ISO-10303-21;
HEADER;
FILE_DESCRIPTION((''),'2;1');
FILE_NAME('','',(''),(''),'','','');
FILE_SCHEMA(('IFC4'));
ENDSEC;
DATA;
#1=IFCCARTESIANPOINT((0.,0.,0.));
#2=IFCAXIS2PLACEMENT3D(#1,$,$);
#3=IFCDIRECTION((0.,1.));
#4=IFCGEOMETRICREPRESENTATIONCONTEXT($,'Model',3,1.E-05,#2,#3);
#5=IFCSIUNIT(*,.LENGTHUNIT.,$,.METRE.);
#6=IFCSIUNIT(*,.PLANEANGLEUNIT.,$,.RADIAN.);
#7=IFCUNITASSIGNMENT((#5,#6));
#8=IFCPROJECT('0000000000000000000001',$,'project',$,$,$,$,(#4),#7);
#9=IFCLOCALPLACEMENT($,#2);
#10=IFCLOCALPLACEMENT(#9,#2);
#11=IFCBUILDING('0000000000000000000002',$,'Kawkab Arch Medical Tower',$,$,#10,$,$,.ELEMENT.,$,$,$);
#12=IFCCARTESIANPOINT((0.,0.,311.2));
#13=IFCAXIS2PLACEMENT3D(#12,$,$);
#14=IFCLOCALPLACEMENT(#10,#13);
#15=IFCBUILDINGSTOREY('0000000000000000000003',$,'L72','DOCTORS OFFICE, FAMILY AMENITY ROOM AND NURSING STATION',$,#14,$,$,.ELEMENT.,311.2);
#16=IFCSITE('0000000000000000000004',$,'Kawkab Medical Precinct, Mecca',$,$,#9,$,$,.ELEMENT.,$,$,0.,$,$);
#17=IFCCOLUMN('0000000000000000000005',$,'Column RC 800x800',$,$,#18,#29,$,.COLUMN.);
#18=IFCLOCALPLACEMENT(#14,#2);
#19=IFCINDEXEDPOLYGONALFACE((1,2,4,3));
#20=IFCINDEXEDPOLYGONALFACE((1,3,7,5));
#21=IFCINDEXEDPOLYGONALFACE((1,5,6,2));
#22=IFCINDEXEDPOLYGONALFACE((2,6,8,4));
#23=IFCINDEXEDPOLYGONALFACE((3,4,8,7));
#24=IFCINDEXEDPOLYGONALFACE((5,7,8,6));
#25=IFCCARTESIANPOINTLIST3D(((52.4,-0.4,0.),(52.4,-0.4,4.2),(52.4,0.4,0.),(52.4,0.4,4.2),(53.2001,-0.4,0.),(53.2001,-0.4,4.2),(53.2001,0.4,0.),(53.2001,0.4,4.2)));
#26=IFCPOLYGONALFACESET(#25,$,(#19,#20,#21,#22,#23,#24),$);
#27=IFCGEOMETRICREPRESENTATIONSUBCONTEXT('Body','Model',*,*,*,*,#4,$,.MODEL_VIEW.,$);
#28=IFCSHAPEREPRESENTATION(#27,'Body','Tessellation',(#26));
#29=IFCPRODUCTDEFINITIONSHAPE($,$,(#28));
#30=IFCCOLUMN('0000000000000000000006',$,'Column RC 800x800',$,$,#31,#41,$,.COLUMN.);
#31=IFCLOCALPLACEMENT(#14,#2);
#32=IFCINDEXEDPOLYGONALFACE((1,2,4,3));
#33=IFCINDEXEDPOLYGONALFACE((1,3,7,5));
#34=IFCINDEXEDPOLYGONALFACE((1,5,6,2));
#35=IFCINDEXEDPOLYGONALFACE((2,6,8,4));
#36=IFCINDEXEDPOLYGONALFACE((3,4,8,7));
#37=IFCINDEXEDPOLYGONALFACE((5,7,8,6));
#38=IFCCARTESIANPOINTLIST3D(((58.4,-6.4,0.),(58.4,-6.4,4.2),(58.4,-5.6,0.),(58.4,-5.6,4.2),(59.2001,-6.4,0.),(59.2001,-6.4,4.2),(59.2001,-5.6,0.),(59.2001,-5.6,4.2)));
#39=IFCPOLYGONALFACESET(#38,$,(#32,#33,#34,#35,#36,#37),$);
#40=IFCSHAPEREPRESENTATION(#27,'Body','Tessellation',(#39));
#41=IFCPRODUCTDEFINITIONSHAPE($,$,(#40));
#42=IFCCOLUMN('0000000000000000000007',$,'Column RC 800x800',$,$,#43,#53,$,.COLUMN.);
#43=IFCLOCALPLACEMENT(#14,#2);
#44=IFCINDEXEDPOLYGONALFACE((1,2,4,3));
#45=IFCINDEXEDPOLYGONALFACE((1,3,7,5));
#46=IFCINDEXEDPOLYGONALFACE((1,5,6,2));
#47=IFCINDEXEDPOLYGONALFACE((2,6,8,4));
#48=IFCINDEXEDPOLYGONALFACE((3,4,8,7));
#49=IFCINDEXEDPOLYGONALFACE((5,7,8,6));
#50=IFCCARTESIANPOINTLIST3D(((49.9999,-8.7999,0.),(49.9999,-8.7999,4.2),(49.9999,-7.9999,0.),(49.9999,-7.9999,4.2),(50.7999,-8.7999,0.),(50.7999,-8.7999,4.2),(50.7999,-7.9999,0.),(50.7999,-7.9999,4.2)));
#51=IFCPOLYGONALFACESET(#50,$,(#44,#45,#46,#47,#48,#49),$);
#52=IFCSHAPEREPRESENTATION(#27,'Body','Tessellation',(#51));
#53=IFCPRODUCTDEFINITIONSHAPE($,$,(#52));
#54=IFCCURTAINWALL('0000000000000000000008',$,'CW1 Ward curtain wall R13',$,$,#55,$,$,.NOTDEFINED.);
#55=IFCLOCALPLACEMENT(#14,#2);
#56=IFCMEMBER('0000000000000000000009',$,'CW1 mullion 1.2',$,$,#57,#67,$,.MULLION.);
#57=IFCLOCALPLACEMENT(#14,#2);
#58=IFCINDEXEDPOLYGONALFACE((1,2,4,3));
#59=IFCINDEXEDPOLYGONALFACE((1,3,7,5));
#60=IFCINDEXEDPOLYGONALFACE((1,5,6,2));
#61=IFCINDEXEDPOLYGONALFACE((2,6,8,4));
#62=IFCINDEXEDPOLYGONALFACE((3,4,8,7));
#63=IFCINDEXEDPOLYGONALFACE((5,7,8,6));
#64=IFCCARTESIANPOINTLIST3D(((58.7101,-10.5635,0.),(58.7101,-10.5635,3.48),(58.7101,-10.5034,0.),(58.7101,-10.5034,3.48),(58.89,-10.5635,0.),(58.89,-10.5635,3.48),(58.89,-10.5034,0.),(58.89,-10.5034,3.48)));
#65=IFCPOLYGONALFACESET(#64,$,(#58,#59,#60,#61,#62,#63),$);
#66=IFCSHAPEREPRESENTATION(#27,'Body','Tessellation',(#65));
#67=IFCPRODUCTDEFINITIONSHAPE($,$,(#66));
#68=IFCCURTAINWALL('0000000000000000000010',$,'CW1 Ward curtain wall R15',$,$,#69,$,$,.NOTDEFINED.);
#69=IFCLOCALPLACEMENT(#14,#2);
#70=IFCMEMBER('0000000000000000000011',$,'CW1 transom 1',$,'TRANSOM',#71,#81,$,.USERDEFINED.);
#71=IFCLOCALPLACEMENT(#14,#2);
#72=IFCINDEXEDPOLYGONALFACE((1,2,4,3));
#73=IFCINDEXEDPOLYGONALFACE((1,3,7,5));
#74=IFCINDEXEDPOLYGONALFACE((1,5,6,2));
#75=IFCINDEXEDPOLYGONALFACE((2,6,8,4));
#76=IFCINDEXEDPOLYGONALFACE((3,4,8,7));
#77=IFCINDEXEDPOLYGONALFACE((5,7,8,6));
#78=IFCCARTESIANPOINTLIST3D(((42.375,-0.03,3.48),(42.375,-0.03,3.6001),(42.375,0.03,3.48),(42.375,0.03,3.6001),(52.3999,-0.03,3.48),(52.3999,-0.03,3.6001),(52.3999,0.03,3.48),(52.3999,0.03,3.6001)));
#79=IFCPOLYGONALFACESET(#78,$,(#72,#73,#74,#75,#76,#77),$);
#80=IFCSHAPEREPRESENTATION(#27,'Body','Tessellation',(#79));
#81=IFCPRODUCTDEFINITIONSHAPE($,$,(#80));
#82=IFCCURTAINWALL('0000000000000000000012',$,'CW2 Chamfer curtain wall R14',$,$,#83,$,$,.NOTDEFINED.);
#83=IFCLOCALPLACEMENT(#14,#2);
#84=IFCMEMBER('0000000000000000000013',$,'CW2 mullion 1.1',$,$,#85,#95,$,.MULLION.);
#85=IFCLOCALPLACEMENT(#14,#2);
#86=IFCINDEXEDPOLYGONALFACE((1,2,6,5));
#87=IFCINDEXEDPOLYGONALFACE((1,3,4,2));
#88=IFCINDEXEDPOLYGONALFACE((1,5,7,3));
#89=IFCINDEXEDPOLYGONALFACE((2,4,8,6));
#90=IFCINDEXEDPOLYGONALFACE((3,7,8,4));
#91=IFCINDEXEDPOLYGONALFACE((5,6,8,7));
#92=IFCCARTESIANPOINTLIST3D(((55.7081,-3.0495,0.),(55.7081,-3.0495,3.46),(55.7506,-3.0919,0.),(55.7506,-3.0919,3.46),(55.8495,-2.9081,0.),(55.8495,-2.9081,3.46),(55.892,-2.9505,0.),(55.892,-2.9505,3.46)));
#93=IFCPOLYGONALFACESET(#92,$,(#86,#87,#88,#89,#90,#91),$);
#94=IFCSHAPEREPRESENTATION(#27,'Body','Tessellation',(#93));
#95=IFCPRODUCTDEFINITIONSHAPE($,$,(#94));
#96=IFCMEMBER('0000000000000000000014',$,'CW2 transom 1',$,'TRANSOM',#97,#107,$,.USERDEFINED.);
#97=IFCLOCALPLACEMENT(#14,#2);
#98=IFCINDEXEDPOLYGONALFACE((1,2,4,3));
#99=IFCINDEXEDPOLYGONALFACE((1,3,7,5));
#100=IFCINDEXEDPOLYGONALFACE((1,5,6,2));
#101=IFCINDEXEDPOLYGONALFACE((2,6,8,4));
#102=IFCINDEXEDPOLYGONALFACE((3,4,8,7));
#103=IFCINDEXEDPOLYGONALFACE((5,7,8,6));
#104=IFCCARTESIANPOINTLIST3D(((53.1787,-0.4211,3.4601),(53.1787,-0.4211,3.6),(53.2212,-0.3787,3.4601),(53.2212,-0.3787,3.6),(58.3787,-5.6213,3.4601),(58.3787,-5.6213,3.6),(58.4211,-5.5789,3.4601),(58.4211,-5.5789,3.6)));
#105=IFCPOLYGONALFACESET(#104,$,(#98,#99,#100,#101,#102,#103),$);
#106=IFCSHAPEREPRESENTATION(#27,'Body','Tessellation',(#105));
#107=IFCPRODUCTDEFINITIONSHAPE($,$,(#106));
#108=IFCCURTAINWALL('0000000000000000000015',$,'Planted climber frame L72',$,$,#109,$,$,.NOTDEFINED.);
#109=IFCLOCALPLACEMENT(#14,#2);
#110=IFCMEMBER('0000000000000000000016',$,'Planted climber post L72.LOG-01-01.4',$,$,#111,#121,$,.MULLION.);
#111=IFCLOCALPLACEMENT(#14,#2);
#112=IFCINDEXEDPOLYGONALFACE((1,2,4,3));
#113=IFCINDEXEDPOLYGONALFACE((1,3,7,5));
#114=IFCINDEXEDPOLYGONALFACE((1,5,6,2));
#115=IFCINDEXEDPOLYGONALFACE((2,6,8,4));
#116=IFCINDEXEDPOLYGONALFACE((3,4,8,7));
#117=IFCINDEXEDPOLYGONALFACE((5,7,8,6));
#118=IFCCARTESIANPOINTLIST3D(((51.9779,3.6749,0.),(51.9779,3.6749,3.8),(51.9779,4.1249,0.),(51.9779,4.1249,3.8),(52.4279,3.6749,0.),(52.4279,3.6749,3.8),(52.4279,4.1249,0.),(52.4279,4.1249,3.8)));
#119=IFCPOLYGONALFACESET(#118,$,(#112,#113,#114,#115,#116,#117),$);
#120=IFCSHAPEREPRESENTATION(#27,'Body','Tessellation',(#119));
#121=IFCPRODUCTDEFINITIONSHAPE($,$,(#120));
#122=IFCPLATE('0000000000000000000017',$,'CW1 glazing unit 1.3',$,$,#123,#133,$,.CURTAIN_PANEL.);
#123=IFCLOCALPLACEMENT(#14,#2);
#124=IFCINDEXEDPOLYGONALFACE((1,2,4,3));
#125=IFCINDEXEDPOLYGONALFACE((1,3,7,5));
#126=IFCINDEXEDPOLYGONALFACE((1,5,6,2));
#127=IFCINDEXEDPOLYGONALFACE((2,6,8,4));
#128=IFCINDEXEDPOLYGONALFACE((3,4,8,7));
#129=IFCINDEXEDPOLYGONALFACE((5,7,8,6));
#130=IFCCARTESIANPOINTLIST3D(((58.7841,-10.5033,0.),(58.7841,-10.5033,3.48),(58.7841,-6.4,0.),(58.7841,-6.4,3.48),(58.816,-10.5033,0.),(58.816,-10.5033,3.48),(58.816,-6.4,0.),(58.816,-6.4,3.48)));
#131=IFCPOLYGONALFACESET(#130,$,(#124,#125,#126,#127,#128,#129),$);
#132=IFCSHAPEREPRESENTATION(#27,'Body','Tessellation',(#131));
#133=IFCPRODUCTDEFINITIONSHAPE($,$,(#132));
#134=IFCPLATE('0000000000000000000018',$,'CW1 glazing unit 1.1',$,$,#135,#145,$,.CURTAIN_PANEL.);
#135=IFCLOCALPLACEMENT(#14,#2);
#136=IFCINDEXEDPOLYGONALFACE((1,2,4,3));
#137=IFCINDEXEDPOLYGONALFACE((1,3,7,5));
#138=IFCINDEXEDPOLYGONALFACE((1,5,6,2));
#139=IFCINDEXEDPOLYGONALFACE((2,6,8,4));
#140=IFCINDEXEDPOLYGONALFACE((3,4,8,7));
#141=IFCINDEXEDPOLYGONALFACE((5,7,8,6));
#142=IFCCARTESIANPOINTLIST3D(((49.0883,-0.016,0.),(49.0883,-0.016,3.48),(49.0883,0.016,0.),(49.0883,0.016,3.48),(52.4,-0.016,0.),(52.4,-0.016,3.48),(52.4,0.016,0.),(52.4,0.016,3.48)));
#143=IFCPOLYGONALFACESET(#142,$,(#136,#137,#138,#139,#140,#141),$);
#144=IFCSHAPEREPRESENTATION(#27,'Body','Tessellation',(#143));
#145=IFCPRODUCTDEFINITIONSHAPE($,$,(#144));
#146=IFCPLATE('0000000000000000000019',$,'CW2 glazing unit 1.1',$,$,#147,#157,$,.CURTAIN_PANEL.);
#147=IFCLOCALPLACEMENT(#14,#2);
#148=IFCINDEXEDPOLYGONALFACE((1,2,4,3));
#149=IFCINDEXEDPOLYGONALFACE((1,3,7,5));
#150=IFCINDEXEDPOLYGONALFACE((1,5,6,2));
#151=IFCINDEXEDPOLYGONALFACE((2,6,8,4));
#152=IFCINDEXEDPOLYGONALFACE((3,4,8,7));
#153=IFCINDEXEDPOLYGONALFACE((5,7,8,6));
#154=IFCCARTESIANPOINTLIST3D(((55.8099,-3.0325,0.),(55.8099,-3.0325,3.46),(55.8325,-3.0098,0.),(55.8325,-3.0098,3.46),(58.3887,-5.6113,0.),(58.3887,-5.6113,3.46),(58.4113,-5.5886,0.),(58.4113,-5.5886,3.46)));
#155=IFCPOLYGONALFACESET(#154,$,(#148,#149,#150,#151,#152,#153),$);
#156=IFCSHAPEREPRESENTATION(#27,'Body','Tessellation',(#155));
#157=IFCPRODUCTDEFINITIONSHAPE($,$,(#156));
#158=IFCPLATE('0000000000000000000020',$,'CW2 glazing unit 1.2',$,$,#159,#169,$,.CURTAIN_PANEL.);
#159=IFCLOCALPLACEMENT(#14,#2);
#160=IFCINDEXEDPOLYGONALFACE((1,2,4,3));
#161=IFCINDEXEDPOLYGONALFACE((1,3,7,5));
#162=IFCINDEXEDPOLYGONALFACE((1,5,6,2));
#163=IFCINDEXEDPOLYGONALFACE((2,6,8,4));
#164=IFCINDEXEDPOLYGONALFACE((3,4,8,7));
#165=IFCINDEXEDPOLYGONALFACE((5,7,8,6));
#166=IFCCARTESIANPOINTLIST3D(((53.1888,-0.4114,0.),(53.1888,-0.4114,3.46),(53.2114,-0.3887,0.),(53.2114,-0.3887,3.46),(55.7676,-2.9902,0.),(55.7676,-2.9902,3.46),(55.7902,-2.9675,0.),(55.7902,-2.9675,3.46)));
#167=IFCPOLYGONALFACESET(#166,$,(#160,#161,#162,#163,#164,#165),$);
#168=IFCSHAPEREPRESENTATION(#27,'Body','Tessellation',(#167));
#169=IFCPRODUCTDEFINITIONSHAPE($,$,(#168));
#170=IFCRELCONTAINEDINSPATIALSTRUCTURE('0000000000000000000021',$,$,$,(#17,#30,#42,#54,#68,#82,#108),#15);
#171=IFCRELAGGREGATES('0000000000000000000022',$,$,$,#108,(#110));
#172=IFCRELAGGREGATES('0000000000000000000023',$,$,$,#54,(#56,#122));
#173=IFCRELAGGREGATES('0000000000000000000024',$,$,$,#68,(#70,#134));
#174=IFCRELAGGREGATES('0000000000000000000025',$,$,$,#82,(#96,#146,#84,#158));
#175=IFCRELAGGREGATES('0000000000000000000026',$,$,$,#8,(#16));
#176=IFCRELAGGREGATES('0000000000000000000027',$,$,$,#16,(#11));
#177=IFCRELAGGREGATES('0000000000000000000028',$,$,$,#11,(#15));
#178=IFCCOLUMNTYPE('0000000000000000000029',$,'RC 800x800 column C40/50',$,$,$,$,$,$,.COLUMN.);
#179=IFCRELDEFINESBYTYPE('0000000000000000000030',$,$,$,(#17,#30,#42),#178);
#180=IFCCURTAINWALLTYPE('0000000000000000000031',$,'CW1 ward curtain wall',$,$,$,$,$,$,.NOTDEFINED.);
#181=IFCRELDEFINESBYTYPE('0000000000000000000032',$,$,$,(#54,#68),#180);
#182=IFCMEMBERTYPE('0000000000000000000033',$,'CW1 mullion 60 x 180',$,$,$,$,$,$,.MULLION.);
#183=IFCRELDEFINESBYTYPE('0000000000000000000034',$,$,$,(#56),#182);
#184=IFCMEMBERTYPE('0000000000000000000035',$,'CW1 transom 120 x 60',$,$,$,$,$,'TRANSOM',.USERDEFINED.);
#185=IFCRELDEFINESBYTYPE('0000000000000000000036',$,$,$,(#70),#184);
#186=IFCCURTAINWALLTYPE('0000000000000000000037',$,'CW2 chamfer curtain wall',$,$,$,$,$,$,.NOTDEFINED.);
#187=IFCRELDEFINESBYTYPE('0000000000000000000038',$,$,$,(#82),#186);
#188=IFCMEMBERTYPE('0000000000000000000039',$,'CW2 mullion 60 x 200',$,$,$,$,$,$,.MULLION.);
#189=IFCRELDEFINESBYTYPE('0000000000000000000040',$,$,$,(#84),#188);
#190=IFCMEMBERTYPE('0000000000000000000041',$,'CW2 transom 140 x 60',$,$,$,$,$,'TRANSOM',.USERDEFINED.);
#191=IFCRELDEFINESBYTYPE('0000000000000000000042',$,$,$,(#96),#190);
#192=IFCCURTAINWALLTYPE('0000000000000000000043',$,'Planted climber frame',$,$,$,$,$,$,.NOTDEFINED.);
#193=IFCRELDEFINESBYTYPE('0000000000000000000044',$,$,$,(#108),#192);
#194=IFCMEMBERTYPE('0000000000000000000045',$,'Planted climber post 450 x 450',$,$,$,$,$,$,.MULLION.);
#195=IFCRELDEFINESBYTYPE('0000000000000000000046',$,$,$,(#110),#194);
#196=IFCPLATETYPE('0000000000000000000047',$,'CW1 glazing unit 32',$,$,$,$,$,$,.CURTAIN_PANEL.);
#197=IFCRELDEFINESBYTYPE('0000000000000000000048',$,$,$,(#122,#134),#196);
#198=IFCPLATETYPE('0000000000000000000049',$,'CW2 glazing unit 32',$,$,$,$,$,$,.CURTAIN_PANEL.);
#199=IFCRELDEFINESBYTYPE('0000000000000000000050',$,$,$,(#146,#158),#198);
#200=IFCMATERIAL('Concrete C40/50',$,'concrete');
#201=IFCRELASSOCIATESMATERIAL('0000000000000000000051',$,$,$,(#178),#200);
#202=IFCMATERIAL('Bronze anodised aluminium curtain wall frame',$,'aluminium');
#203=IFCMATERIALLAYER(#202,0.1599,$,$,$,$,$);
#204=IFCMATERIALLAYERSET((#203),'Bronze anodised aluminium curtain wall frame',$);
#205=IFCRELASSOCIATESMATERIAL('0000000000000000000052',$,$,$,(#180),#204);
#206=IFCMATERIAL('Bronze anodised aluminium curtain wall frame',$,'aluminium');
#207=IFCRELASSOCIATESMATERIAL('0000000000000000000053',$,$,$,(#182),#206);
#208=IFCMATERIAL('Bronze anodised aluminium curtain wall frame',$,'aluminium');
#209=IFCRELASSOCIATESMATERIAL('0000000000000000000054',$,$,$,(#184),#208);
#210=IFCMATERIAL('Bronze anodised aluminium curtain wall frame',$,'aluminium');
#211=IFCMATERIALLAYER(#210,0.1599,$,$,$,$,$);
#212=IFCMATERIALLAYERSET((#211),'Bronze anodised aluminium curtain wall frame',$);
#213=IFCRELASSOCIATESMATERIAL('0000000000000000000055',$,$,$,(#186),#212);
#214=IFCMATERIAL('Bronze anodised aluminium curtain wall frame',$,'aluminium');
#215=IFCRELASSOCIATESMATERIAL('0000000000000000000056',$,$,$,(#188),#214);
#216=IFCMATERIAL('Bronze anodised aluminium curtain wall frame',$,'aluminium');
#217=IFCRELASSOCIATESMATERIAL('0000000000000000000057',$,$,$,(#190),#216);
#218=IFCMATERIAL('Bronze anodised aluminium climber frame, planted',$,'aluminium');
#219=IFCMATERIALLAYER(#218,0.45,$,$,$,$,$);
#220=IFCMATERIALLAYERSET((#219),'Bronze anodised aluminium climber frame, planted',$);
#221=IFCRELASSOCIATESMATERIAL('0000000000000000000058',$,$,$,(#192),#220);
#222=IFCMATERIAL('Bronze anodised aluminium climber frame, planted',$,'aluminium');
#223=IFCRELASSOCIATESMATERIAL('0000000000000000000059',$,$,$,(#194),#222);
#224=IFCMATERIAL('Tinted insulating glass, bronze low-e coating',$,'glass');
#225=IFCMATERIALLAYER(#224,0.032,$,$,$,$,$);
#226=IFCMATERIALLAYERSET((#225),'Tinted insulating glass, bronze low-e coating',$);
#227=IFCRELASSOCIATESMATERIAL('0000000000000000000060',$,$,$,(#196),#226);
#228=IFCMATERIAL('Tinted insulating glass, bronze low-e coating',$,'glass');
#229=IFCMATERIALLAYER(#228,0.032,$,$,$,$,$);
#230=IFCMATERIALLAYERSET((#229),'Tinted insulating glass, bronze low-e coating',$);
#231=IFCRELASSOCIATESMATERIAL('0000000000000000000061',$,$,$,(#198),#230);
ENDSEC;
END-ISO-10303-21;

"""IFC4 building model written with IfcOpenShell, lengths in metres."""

from ifc_helpers import new_model, si_unit, direction, frame, origin, origin_2d, place, context, subcontext, project, spatial, rectangle, extrude, material, layer, layer_set, material_profile, profile_set, type_object, element, aggregate, save


model = new_model("IFC4")

# Units and contexts
model_context = context("Model", 3, precision=1e-05, world=origin(), true_north=direction((0.0, 1.0)))
body_context = subcontext(model_context, "Body", "Model", "MODEL_VIEW")
ifc_project = project(units=[si_unit("LENGTHUNIT", "METRE"), si_unit("PLANEANGLEUNIT", "RADIAN")], contexts=[model_context])

# Site, building, storey
site_placement = place(None, origin())
site = spatial("IfcSite", under=ifc_project, at=site_placement, Name="Kawkab Medical Precinct, Mecca", CompositionType="ELEMENT", RefElevation=0.0)
building_placement = place(site_placement, origin())
building = spatial("IfcBuilding", under=site, at=building_placement, Name="Kawkab Arch Medical Tower", CompositionType="ELEMENT")
storey_placement = place(building_placement, frame((0.0, 0.0, 311.2)))
storey = spatial("IfcBuildingStorey", under=building, at=storey_placement, Name="L72", Description="DOCTORS OFFICE, FAMILY AMENITY ROOM AND NURSING STATION", CompositionType="ELEMENT", Elevation=311.2)

# Columns
ifc_material_1 = material(Name="Concrete C40/50", Category="concrete")
ifc_material_profile_1 = material_profile(ifc_material_1, rectangle(XDim=0.8, YDim=0.8, at=origin_2d()), Name="RC 800x800")
ifc_profile_set_1 = profile_set([ifc_material_profile_1], Name="Concrete C40/50")
column_type = type_object("IfcColumnType", Name="RC 800x800 column C40/50", PredefinedType="COLUMN", material=ifc_profile_set_1)
for number, where, z_axis, x_axis, name in (
    (1, (52.8, 0.0, 0.0), (0.0, 0.0, 1.0), (1.0, 0.0, 0.0), "Column RC 800x800"),
    (2, (58.8, -6.0, 0.0), (0.0, 0.0, 1.0), (1.0, 0.0, 0.0), "Column RC 800x800"),
    (3, (50.3999, -8.3999, 0.0), (0.0, 0.0, 1.0), (1.0, 0.0, 0.0), "Column RC 800x800"),
):
    element("IfcColumn", number, at=place(storey_placement, frame(where, z_axis=z_axis, x_axis=x_axis)), inside=storey, type_object=column_type, Name=name, PredefinedType="COLUMN", context=body_context, shape_type="SweptSolid", body=[
        extrude(rectangle(XDim=0.8, YDim=0.8, at=origin_2d()), origin(), (0.0, 0.0, 1.0), 4.2),
    ])

# Curtain walls, members
ifc_material_2 = material(Name="Bronze anodised aluminium curtain wall frame", Category="aluminium")
ifc_layer_1 = layer(ifc_material_2, 0.1599)
ifc_layer_set_1 = layer_set([ifc_layer_1], Name="Bronze anodised aluminium curtain wall frame")
curtain_wall_type_1 = type_object("IfcCurtainWallType", Name="CW1 ward curtain wall", PredefinedType="NOTDEFINED", material=ifc_layer_set_1)
placement = place(storey_placement, origin())
curtain_wall_1 = element("IfcCurtainWall", 4, at=placement, inside=storey, type_object=curtain_wall_type_1, Name="CW1 Ward curtain wall R13", PredefinedType="NOTDEFINED")
ifc_material_3 = material(Name="Bronze anodised aluminium curtain wall frame", Category="aluminium")
ifc_material_profile_2 = material_profile(ifc_material_3, rectangle(XDim=0.1799, YDim=0.0601, at=origin_2d()), Name="AL 60x180")
ifc_profile_set_2 = profile_set([ifc_material_profile_2], Name="Bronze anodised aluminium curtain wall frame")
member_type_1 = type_object("IfcMemberType", Name="CW1 mullion 60 x 180", PredefinedType="MULLION", material=ifc_profile_set_2)
member_1_placement = place(storey_placement, frame((58.8, -10.5334, 0.0), z_axis=(0.0, 0.0, 1.0), x_axis=(-1.0, 0.0, 0.0)))
member_1 = element("IfcMember", 5, at=member_1_placement, type_object=member_type_1, Name="CW1 mullion 1.2", PredefinedType="MULLION", context=body_context, shape_type="SweptSolid", body=[
    extrude(rectangle(XDim=0.1799, YDim=0.0601, at=origin_2d()), origin(), (0.0, 0.0, 1.0), 3.48),
])
curtain_wall_2 = element("IfcCurtainWall", 6, at=placement, inside=storey, type_object=curtain_wall_type_1, Name="CW1 Ward curtain wall R15", PredefinedType="NOTDEFINED")
ifc_material_4 = material(Name="Bronze anodised aluminium curtain wall frame", Category="aluminium")
ifc_material_profile_3 = material_profile(ifc_material_4, rectangle(XDim=0.0601, YDim=0.1201, at=origin_2d()), Name="AL 60x120")
ifc_profile_set_3 = profile_set([ifc_material_profile_3], Name="Bronze anodised aluminium curtain wall frame")
member_type_2 = type_object("IfcMemberType", Name="CW1 transom 120 x 60", ElementType="TRANSOM", PredefinedType="USERDEFINED", material=ifc_profile_set_3)
member_2_placement = place(storey_placement, frame((52.3999, 0.0, 3.54), z_axis=(-1.0, 0.0, 0.0), x_axis=(0.0, -1.0, 0.0)))
member_2 = element("IfcMember", 7, at=member_2_placement, type_object=member_type_2, Name="CW1 transom 1", ObjectType="TRANSOM", PredefinedType="USERDEFINED", context=body_context, shape_type="SweptSolid", body=[
    extrude(rectangle(XDim=0.0601, YDim=0.1201, at=origin_2d()), origin(), (0.0, 0.0, 1.0), 10.0249),
])

# Curtain wall, members
ifc_material_5 = material(Name="Bronze anodised aluminium curtain wall frame", Category="aluminium")
ifc_layer_2 = layer(ifc_material_5, 0.1599)
ifc_layer_set_2 = layer_set([ifc_layer_2], Name="Bronze anodised aluminium curtain wall frame")
curtain_wall_type_2 = type_object("IfcCurtainWallType", Name="CW2 chamfer curtain wall", PredefinedType="NOTDEFINED", material=ifc_layer_set_2)
curtain_wall_3 = element("IfcCurtainWall", 8, at=placement, inside=storey, type_object=curtain_wall_type_2, Name="CW2 Chamfer curtain wall R14", PredefinedType="NOTDEFINED")
ifc_material_6 = material(Name="Bronze anodised aluminium curtain wall frame", Category="aluminium")
ifc_material_profile_4 = material_profile(ifc_material_6, rectangle(XDim=0.2, YDim=0.0601, at=origin_2d()), Name="AL 60x200")
ifc_profile_set_4 = profile_set([ifc_material_profile_4], Name="Bronze anodised aluminium curtain wall frame")
member_type_3 = type_object("IfcMemberType", Name="CW2 mullion 60 x 200", PredefinedType="MULLION", material=ifc_profile_set_4)
member_3_placement = place(storey_placement, frame((55.8, -3.0, 0.0), z_axis=(0.0, 0.0, 1.0), x_axis=(-0.707107, -0.707107, 0.0)))
member_3 = element("IfcMember", 9, at=member_3_placement, type_object=member_type_3, Name="CW2 mullion 1.1", PredefinedType="MULLION", context=body_context, shape_type="SweptSolid", body=[
    extrude(rectangle(XDim=0.2, YDim=0.0601, at=origin_2d()), origin(), (0.0, 0.0, 1.0), 3.46),
])
ifc_material_7 = material(Name="Bronze anodised aluminium curtain wall frame", Category="aluminium")
ifc_material_profile_5 = material_profile(ifc_material_7, rectangle(XDim=0.0601, YDim=0.1399, at=origin_2d()), Name="AL 60x140")
ifc_profile_set_5 = profile_set([ifc_material_profile_5], Name="Bronze anodised aluminium curtain wall frame")
member_type_4 = type_object("IfcMemberType", Name="CW2 transom 140 x 60", ElementType="TRANSOM", PredefinedType="USERDEFINED", material=ifc_profile_set_5)
member_4_placement = place(storey_placement, frame((58.3999, -5.6001, 3.53), z_axis=(-0.70709, 0.707123, 0.0), x_axis=(-0.707123, -0.70709, 0.0)))
member_4 = element("IfcMember", 10, at=member_4_placement, type_object=member_type_4, Name="CW2 transom 1", ObjectType="TRANSOM", PredefinedType="USERDEFINED", context=body_context, shape_type="SweptSolid", body=[
    extrude(rectangle(XDim=0.0601, YDim=0.1399, at=origin_2d()), origin(), (0.0, 0.0, 1.0), 7.354),
])

# Curtain wall, member
ifc_material_8 = material(Name="Bronze anodised aluminium climber frame, planted", Category="aluminium")
ifc_layer_3 = layer(ifc_material_8, 0.45)
ifc_layer_set_3 = layer_set([ifc_layer_3], Name="Bronze anodised aluminium climber frame, planted")
curtain_wall_type_3 = type_object("IfcCurtainWallType", Name="Planted climber frame", PredefinedType="NOTDEFINED", material=ifc_layer_set_3)
curtain_wall_4 = element("IfcCurtainWall", 11, at=placement, inside=storey, type_object=curtain_wall_type_3, Name="Planted climber frame L72", PredefinedType="NOTDEFINED")
ifc_material_9 = material(Name="Bronze anodised aluminium climber frame, planted", Category="aluminium")
ifc_material_profile_6 = material_profile(ifc_material_9, rectangle(XDim=0.45, YDim=0.45, at=origin_2d()), Name="Post 450x450")
ifc_profile_set_6 = profile_set([ifc_material_profile_6], Name="Bronze anodised aluminium climber frame, planted")
member_type_5 = type_object("IfcMemberType", Name="Planted climber post 450 x 450", PredefinedType="MULLION", material=ifc_profile_set_6)
member_5_placement = place(storey_placement, frame((52.2029, 3.8999, 0.0), z_axis=(0.0, 0.0, 1.0), x_axis=(1.0, 0.0, 0.0)))
member_5 = element("IfcMember", 12, at=member_5_placement, type_object=member_type_5, Name="Planted climber post L72.LOG-01-01.4", PredefinedType="MULLION", context=body_context, shape_type="SweptSolid", body=[
    extrude(rectangle(XDim=0.45, YDim=0.45, at=origin_2d()), origin(), (0.0, 0.0, 1.0), 3.8),
])
aggregate(curtain_wall_4, [member_5])

# Plates
ifc_material_10 = material(Name="Tinted insulating glass, bronze low-e coating", Category="glass")
ifc_layer_4 = layer(ifc_material_10, 0.032)
ifc_layer_set_4 = layer_set([ifc_layer_4], Name="Tinted insulating glass, bronze low-e coating")
plate_type_1 = type_object("IfcPlateType", Name="CW1 glazing unit 32", PredefinedType="CURTAIN_PANEL", material=ifc_layer_set_4)
plate_1_placement = place(storey_placement, frame((58.8, -8.4517, 0.0), z_axis=(0.0, 0.0, 1.0), x_axis=(0.0, 1.0, 0.0)))
plate_1 = element("IfcPlate", 13, at=plate_1_placement, type_object=plate_type_1, Name="CW1 glazing unit 1.3", PredefinedType="CURTAIN_PANEL", context=body_context, shape_type="SweptSolid", body=[
    extrude(rectangle(XDim=4.1033, YDim=0.032, at=origin_2d()), origin(), (0.0, 0.0, 1.0), 3.48),
])
aggregate(curtain_wall_1, [member_1, plate_1])
plate_2_placement = place(storey_placement, frame((50.7441, 0.0, 0.0), z_axis=(0.0, 0.0, 1.0), x_axis=(-1.0, 0.0, 0.0)))
plate_2 = element("IfcPlate", 14, at=plate_2_placement, type_object=plate_type_1, Name="CW1 glazing unit 1.1", PredefinedType="CURTAIN_PANEL", context=body_context, shape_type="SweptSolid", body=[
    extrude(rectangle(XDim=3.3118, YDim=0.032, at=origin_2d()), origin(), (0.0, 0.0, 1.0), 3.48),
])
aggregate(curtain_wall_2, [member_2, plate_2])
ifc_material_11 = material(Name="Tinted insulating glass, bronze low-e coating", Category="glass")
ifc_layer_5 = layer(ifc_material_11, 0.032)
ifc_layer_set_5 = layer_set([ifc_layer_5], Name="Tinted insulating glass, bronze low-e coating")
plate_type_2 = type_object("IfcPlateType", Name="CW2 glazing unit 32", PredefinedType="CURTAIN_PANEL", material=ifc_layer_set_5)
plate_3_placement = place(storey_placement, frame((57.1106, -4.3105, 0.0), z_axis=(0.0, 0.0, 1.0), x_axis=(-0.707107, 0.707107, 0.0)))
plate_3 = element("IfcPlate", 15, at=plate_3_placement, type_object=plate_type_2, Name="CW2 glazing unit 1.1", PredefinedType="CURTAIN_PANEL", context=body_context, shape_type="SweptSolid", body=[
    extrude(rectangle(XDim=3.647, YDim=0.032, at=origin_2d()), origin(), (0.0, 0.0, 1.0), 3.46),
])
plate_4_placement = place(storey_placement, frame((54.4895, -1.6895, 0.0), z_axis=(0.0, 0.0, 1.0), x_axis=(-0.707107, 0.707107, 0.0)))
plate_4 = element("IfcPlate", 16, at=plate_4_placement, type_object=plate_type_2, Name="CW2 glazing unit 1.2", PredefinedType="CURTAIN_PANEL", context=body_context, shape_type="SweptSolid", body=[
    extrude(rectangle(XDim=3.647, YDim=0.032, at=origin_2d()), origin(), (0.0, 0.0, 1.0), 3.46),
])
aggregate(curtain_wall_3, [member_4, plate_3, member_3, plate_4])

save(model, "model.ifc")
